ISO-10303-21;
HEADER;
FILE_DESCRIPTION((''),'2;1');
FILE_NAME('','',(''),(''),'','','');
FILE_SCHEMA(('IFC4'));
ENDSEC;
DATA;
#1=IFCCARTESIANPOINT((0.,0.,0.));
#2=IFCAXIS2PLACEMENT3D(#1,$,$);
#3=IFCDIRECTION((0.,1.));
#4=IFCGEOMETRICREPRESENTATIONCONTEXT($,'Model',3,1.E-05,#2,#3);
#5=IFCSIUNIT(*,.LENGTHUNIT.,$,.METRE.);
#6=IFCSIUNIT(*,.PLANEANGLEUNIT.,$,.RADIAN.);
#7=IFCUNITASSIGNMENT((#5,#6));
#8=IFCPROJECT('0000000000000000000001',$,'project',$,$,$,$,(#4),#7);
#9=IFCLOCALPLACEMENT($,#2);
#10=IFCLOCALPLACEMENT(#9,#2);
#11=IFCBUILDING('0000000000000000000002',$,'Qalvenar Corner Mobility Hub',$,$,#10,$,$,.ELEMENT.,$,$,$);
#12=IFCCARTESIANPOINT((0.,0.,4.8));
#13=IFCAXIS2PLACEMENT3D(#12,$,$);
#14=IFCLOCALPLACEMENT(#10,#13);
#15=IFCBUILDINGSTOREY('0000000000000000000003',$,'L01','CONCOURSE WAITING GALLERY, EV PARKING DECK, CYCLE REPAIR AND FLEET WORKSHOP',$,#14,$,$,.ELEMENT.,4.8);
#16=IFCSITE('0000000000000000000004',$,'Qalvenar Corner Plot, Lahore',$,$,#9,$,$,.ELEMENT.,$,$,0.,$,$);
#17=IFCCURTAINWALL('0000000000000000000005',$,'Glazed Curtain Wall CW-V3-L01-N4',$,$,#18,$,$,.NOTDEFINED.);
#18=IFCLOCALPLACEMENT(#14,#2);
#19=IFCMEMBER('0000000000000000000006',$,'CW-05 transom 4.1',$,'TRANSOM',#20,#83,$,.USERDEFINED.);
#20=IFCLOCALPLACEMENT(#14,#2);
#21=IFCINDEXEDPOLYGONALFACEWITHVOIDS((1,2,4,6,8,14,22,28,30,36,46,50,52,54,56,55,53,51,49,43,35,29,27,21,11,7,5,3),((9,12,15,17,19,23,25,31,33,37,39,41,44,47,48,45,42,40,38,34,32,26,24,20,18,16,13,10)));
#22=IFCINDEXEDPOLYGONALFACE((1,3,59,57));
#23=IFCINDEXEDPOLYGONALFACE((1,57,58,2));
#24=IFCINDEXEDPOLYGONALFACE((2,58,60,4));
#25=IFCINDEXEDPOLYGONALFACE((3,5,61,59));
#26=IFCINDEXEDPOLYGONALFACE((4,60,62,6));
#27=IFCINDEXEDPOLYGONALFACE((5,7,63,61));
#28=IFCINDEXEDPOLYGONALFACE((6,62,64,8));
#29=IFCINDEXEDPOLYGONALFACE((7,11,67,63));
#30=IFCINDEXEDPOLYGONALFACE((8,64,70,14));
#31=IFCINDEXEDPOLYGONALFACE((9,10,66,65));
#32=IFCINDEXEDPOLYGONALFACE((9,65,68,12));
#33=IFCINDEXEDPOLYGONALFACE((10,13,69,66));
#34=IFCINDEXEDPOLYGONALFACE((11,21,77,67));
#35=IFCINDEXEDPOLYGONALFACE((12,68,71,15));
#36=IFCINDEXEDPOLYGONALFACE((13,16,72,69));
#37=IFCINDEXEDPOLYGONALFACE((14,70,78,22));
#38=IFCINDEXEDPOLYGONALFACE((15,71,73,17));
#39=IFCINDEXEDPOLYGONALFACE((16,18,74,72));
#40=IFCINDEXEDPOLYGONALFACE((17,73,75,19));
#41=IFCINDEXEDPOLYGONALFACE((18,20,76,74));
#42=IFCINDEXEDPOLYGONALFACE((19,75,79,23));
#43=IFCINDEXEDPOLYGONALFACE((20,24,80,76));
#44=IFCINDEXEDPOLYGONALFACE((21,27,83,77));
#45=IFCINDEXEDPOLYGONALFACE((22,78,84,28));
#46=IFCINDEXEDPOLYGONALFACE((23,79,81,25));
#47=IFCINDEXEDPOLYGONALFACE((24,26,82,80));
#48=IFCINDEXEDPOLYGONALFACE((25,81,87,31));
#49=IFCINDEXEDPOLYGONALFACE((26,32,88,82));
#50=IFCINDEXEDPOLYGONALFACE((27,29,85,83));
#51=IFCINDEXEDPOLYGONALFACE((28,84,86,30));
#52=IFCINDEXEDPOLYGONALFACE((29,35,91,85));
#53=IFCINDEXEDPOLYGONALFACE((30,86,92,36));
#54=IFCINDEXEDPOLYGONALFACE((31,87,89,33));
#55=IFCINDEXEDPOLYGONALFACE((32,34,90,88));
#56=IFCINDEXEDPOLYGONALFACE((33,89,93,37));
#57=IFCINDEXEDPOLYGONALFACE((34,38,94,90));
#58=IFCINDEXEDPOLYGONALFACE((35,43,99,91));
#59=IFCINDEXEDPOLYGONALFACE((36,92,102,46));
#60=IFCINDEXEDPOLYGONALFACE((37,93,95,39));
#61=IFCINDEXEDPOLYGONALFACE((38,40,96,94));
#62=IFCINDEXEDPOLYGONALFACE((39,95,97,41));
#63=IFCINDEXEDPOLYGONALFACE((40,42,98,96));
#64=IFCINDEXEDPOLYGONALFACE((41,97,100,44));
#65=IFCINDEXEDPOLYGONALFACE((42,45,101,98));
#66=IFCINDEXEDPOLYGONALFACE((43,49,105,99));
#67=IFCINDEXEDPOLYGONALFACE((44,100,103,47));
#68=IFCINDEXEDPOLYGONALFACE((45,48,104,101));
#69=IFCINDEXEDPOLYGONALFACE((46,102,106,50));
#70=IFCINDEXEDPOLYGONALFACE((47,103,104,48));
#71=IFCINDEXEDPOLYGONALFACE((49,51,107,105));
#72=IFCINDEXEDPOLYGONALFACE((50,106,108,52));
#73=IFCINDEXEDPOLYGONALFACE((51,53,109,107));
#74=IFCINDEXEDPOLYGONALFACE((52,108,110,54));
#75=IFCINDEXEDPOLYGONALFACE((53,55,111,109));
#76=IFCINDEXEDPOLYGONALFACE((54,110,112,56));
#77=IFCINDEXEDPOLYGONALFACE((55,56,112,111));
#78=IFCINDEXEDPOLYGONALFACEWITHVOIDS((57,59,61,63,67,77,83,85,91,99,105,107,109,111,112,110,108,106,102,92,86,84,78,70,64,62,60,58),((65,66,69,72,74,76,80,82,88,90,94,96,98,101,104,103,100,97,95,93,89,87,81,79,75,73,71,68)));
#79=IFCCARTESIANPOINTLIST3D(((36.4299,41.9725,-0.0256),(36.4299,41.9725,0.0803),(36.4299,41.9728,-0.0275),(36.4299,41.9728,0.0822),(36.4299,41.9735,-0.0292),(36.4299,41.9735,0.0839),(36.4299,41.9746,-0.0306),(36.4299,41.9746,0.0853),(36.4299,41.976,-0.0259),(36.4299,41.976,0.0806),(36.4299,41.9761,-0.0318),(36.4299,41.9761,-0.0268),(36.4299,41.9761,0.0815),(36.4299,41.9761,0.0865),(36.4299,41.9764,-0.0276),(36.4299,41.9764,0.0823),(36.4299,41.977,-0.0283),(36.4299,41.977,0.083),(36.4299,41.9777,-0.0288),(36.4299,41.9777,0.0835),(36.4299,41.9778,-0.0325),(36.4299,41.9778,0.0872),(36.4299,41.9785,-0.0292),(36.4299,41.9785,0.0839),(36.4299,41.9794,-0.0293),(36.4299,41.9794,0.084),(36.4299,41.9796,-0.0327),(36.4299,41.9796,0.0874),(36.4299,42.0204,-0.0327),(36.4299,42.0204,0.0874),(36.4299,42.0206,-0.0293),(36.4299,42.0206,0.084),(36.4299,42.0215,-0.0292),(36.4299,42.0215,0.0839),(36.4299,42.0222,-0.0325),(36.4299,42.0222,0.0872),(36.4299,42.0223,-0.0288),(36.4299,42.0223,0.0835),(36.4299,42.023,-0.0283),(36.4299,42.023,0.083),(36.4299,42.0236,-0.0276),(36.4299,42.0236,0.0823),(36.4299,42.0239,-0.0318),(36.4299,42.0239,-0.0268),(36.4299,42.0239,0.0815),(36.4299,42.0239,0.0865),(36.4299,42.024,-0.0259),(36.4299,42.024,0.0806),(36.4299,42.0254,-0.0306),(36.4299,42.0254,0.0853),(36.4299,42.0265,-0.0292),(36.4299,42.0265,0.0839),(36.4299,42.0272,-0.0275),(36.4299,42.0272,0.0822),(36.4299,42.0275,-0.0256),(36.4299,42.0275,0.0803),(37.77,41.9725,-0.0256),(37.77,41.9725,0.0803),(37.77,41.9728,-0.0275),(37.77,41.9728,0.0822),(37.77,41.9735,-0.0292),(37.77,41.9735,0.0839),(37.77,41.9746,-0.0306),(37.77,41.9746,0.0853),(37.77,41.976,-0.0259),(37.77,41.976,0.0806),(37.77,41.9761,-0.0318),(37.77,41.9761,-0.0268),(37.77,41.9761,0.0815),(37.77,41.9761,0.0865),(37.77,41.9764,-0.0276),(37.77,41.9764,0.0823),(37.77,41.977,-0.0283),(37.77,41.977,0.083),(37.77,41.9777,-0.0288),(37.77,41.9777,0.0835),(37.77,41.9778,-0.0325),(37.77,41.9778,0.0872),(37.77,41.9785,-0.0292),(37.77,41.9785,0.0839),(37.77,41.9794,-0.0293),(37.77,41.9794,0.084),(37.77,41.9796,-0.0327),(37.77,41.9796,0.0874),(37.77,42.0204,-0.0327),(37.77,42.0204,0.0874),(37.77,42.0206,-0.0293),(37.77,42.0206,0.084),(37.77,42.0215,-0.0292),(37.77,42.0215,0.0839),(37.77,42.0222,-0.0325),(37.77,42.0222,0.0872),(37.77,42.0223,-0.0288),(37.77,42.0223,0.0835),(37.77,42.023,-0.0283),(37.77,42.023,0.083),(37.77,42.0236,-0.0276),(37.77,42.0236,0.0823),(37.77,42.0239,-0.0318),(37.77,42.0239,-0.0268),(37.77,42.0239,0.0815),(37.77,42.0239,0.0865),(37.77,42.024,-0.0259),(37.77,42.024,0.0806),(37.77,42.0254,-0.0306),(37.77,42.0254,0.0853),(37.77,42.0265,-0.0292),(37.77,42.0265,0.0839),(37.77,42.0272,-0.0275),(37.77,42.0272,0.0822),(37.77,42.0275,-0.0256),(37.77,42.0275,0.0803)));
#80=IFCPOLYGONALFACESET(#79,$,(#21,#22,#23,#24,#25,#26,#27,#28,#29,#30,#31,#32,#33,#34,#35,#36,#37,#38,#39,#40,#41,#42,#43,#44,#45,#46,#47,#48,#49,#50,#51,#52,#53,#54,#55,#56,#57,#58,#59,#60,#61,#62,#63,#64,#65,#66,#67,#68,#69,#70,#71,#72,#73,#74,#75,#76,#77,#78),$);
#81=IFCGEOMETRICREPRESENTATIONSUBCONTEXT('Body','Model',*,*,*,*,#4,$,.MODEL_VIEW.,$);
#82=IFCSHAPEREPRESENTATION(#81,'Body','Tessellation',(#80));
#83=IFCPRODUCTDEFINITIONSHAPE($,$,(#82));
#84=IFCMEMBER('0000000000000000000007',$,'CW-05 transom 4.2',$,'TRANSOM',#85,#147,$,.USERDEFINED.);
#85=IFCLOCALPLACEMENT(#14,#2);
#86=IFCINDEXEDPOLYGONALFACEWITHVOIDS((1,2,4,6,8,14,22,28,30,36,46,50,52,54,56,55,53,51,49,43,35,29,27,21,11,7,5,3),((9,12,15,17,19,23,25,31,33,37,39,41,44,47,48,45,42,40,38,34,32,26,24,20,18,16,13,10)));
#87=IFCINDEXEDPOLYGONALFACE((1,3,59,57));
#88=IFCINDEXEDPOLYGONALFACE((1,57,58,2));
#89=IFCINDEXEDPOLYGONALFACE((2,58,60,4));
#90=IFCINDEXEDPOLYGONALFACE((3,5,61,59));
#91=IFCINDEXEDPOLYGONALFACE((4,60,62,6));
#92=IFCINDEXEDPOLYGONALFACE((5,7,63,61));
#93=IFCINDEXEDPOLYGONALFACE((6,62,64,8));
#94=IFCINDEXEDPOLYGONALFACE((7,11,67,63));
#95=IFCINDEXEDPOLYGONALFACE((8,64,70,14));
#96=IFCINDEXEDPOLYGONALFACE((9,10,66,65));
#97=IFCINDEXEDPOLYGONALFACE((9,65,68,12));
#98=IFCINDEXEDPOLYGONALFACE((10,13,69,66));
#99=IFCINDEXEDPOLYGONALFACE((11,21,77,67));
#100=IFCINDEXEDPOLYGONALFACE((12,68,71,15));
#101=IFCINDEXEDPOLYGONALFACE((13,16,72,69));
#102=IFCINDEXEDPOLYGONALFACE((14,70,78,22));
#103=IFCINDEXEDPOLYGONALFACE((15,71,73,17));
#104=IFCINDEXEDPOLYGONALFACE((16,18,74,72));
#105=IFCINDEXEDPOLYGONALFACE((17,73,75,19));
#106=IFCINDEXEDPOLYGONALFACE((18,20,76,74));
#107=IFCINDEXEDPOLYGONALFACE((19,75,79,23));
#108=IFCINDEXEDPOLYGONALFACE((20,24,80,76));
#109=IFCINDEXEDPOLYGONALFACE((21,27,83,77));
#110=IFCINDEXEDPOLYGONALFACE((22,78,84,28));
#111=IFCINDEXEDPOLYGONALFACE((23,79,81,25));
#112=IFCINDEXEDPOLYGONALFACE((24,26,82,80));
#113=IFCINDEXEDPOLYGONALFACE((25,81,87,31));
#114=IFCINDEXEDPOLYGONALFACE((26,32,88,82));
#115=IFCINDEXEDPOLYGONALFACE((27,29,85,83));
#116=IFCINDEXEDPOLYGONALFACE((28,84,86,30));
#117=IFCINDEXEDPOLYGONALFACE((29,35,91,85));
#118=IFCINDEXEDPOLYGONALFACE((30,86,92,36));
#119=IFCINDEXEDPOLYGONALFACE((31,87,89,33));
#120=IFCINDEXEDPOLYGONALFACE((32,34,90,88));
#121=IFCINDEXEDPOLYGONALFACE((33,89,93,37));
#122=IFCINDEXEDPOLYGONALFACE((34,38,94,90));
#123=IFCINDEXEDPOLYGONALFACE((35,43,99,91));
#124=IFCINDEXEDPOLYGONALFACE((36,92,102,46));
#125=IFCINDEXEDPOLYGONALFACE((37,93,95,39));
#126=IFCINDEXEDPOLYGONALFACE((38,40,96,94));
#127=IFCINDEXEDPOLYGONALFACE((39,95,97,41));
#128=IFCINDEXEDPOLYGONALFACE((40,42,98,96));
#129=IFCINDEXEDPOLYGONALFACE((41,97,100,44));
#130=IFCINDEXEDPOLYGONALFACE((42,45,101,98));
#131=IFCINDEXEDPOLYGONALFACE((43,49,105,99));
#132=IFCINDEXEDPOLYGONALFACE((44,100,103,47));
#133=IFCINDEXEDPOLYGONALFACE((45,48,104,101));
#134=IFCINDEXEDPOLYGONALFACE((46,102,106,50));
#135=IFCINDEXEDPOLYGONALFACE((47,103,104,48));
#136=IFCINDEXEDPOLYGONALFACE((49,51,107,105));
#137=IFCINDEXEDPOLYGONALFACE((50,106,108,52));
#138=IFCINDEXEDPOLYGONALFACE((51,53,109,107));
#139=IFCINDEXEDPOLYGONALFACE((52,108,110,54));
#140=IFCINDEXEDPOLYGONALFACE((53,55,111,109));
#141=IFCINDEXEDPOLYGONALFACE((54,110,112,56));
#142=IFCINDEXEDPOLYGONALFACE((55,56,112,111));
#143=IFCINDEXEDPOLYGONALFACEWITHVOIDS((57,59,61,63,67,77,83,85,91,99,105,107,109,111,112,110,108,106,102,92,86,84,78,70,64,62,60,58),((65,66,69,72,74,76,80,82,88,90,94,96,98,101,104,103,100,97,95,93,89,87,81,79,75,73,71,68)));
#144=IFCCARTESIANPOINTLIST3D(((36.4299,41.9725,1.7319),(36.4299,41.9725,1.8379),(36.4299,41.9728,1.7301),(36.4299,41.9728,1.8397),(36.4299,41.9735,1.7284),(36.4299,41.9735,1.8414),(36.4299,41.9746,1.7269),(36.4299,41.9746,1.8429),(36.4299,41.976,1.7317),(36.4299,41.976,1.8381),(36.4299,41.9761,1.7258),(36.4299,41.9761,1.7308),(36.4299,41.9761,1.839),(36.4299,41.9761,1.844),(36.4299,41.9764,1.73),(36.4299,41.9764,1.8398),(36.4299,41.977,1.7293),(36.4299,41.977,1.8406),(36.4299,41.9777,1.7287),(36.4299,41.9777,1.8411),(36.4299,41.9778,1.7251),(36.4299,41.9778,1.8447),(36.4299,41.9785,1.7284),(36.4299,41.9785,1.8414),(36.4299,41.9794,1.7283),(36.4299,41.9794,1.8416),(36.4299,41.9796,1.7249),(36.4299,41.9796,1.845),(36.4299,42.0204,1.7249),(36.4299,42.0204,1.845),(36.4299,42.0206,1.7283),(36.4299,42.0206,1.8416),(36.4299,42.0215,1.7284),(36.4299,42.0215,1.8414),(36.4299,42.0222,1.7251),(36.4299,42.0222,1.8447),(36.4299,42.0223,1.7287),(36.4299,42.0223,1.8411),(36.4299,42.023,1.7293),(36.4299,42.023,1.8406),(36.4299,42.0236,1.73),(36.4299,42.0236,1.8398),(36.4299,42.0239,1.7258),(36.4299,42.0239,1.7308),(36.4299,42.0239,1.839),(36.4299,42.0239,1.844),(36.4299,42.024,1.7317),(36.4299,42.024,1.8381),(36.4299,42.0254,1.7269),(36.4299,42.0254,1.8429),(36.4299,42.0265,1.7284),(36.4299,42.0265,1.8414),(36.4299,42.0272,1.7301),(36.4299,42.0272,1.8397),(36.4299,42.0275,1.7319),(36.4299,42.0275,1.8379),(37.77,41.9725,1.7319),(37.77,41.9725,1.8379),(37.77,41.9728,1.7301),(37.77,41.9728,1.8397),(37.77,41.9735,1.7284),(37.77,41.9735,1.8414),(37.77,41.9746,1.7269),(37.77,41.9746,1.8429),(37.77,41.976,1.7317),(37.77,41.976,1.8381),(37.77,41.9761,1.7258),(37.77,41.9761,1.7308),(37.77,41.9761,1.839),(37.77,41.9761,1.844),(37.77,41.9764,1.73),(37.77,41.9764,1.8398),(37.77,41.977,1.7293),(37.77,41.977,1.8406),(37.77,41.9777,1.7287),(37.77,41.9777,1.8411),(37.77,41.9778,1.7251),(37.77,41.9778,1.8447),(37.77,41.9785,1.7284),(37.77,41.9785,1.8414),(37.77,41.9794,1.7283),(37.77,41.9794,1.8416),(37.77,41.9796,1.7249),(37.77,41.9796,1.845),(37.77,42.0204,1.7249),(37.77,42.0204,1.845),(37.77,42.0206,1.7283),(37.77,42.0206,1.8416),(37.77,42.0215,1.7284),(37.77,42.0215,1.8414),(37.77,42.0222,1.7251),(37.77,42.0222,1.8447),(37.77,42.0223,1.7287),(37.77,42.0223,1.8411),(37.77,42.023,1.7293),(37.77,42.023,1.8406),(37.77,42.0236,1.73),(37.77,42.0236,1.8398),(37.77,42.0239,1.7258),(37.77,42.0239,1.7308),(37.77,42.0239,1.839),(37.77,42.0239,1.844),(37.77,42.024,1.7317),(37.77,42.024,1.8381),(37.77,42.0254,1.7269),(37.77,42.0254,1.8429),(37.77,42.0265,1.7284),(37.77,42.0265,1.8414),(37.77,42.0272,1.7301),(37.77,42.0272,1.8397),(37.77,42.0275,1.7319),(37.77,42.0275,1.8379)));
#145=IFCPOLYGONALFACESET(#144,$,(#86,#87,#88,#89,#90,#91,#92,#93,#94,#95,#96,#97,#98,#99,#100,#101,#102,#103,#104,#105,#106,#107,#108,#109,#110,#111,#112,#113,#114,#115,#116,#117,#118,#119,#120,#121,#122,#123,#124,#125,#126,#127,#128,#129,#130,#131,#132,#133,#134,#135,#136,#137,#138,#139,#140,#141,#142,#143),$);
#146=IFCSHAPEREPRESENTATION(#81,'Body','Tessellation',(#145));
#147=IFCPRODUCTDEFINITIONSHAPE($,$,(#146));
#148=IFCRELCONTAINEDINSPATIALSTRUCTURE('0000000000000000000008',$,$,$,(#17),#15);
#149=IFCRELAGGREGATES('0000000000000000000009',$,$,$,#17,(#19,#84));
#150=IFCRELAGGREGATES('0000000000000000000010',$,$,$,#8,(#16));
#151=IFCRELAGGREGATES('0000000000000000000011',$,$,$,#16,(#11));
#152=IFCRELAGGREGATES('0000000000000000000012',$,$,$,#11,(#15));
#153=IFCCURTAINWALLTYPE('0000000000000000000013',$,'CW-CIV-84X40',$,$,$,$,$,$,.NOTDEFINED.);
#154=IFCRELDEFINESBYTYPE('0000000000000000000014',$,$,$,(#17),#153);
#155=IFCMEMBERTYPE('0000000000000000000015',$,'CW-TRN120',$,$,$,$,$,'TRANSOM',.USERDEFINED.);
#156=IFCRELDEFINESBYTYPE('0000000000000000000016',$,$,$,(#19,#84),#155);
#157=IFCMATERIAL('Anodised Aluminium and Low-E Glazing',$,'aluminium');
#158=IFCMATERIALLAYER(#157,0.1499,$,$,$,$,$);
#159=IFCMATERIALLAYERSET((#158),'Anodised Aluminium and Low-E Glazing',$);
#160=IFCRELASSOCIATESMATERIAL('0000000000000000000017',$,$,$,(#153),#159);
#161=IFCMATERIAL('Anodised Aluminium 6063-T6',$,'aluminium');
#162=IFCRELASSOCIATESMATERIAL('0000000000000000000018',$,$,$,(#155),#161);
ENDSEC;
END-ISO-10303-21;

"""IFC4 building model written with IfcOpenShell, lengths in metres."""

from ifc_helpers import new_model, si_unit, direction, frame, origin, origin_2d, place, context, subcontext, project, spatial, hollow_rectangle, extrude, material, layer, layer_set, material_profile, profile_set, type_object, element, aggregate, save


model = new_model("IFC4")

# Units and contexts
model_context = context("Model", 3, precision=1e-05, world=origin(), true_north=direction((0.0, 1.0)))
body_context = subcontext(model_context, "Body", "Model", "MODEL_VIEW")
ifc_project = project(units=[si_unit("LENGTHUNIT", "METRE"), si_unit("PLANEANGLEUNIT", "RADIAN")], contexts=[model_context])

# Site, building, storey
site_placement = place(None, origin())
site = spatial("IfcSite", under=ifc_project, at=site_placement, Name="Qalvenar Corner Plot, Lahore", CompositionType="ELEMENT", RefElevation=0.0)
building_placement = place(site_placement, origin())
building = spatial("IfcBuilding", under=site, at=building_placement, Name="Qalvenar Corner Mobility Hub", CompositionType="ELEMENT")
storey_placement = place(building_placement, frame((0.0, 0.0, 4.8)))
storey = spatial("IfcBuildingStorey", under=building, at=storey_placement, Name="L01", Description="CONCOURSE WAITING GALLERY, EV PARKING DECK, CYCLE REPAIR AND FLEET WORKSHOP", CompositionType="ELEMENT", Elevation=4.8)

# Curtain wall, members
ifc_material_1 = material(Name="Anodised Aluminium and Low-E Glazing", Category="aluminium")
ifc_layer_1 = layer(ifc_material_1, 0.1499)
ifc_layer_set_1 = layer_set([ifc_layer_1], Name="Anodised Aluminium and Low-E Glazing")
curtain_wall_type = type_object("IfcCurtainWallType", Name="CW-CIV-84X40", PredefinedType="NOTDEFINED", material=ifc_layer_set_1)
curtain_wall_placement = place(storey_placement, origin())
curtain_wall = element("IfcCurtainWall", 1, at=curtain_wall_placement, inside=storey, type_object=curtain_wall_type, Name="Glazed Curtain Wall CW-V3-L01-N4", PredefinedType="NOTDEFINED")
ifc_material_2 = material(Name="Anodised Aluminium 6063-T6", Category="aluminium")
ifc_material_profile_1 = material_profile(ifc_material_2, hollow_rectangle(XDim=0.0549, YDim=0.1201, WallThickness=0.0034, InnerFilletRadius=0.0034, OuterFilletRadius=0.0071, at=origin_2d()), Name="RHS120x55x3.5")
ifc_profile_set_1 = profile_set([ifc_material_profile_1], Name="Anodised Aluminium 6063-T6")
member_type_1 = type_object("IfcMemberType", Name="CW-TRN120", ElementType="TRANSOM", PredefinedType="USERDEFINED", material=ifc_profile_set_1)
member_1_placement = place(storey_placement, frame((37.77, 42.0, 0.0273), z_axis=(-1.0, 0.0, 0.0), x_axis=(0.0, -1.0, 0.0)))
member_1 = element("IfcMember", 2, at=member_1_placement, type_object=member_type_1, Name="CW-05 transom 4.1", ObjectType="TRANSOM", PredefinedType="USERDEFINED", context=body_context, shape_type="SweptSolid", body=[
    extrude(hollow_rectangle(XDim=0.0549, YDim=0.1201, WallThickness=0.0034, InnerFilletRadius=0.0034, OuterFilletRadius=0.0071, at=origin_2d()), origin(), (0.0, 0.0, 1.0), 1.3401),
])
member_2_placement = place(storey_placement, frame((37.77, 42.0, 1.7849), z_axis=(-1.0, 0.0, 0.0), x_axis=(0.0, -1.0, 0.0)))
member_2 = element("IfcMember", 3, at=member_2_placement, type_object=member_type_1, Name="CW-05 transom 4.2", ObjectType="TRANSOM", PredefinedType="USERDEFINED", context=body_context, shape_type="SweptSolid", body=[
    extrude(hollow_rectangle(XDim=0.0549, YDim=0.1201, WallThickness=0.0034, InnerFilletRadius=0.0034, OuterFilletRadius=0.0071, at=origin_2d()), origin(), (0.0, 0.0, 1.0), 1.3401),
])
aggregate(curtain_wall, [member_1, member_2])

save(model, "model.ifc")
